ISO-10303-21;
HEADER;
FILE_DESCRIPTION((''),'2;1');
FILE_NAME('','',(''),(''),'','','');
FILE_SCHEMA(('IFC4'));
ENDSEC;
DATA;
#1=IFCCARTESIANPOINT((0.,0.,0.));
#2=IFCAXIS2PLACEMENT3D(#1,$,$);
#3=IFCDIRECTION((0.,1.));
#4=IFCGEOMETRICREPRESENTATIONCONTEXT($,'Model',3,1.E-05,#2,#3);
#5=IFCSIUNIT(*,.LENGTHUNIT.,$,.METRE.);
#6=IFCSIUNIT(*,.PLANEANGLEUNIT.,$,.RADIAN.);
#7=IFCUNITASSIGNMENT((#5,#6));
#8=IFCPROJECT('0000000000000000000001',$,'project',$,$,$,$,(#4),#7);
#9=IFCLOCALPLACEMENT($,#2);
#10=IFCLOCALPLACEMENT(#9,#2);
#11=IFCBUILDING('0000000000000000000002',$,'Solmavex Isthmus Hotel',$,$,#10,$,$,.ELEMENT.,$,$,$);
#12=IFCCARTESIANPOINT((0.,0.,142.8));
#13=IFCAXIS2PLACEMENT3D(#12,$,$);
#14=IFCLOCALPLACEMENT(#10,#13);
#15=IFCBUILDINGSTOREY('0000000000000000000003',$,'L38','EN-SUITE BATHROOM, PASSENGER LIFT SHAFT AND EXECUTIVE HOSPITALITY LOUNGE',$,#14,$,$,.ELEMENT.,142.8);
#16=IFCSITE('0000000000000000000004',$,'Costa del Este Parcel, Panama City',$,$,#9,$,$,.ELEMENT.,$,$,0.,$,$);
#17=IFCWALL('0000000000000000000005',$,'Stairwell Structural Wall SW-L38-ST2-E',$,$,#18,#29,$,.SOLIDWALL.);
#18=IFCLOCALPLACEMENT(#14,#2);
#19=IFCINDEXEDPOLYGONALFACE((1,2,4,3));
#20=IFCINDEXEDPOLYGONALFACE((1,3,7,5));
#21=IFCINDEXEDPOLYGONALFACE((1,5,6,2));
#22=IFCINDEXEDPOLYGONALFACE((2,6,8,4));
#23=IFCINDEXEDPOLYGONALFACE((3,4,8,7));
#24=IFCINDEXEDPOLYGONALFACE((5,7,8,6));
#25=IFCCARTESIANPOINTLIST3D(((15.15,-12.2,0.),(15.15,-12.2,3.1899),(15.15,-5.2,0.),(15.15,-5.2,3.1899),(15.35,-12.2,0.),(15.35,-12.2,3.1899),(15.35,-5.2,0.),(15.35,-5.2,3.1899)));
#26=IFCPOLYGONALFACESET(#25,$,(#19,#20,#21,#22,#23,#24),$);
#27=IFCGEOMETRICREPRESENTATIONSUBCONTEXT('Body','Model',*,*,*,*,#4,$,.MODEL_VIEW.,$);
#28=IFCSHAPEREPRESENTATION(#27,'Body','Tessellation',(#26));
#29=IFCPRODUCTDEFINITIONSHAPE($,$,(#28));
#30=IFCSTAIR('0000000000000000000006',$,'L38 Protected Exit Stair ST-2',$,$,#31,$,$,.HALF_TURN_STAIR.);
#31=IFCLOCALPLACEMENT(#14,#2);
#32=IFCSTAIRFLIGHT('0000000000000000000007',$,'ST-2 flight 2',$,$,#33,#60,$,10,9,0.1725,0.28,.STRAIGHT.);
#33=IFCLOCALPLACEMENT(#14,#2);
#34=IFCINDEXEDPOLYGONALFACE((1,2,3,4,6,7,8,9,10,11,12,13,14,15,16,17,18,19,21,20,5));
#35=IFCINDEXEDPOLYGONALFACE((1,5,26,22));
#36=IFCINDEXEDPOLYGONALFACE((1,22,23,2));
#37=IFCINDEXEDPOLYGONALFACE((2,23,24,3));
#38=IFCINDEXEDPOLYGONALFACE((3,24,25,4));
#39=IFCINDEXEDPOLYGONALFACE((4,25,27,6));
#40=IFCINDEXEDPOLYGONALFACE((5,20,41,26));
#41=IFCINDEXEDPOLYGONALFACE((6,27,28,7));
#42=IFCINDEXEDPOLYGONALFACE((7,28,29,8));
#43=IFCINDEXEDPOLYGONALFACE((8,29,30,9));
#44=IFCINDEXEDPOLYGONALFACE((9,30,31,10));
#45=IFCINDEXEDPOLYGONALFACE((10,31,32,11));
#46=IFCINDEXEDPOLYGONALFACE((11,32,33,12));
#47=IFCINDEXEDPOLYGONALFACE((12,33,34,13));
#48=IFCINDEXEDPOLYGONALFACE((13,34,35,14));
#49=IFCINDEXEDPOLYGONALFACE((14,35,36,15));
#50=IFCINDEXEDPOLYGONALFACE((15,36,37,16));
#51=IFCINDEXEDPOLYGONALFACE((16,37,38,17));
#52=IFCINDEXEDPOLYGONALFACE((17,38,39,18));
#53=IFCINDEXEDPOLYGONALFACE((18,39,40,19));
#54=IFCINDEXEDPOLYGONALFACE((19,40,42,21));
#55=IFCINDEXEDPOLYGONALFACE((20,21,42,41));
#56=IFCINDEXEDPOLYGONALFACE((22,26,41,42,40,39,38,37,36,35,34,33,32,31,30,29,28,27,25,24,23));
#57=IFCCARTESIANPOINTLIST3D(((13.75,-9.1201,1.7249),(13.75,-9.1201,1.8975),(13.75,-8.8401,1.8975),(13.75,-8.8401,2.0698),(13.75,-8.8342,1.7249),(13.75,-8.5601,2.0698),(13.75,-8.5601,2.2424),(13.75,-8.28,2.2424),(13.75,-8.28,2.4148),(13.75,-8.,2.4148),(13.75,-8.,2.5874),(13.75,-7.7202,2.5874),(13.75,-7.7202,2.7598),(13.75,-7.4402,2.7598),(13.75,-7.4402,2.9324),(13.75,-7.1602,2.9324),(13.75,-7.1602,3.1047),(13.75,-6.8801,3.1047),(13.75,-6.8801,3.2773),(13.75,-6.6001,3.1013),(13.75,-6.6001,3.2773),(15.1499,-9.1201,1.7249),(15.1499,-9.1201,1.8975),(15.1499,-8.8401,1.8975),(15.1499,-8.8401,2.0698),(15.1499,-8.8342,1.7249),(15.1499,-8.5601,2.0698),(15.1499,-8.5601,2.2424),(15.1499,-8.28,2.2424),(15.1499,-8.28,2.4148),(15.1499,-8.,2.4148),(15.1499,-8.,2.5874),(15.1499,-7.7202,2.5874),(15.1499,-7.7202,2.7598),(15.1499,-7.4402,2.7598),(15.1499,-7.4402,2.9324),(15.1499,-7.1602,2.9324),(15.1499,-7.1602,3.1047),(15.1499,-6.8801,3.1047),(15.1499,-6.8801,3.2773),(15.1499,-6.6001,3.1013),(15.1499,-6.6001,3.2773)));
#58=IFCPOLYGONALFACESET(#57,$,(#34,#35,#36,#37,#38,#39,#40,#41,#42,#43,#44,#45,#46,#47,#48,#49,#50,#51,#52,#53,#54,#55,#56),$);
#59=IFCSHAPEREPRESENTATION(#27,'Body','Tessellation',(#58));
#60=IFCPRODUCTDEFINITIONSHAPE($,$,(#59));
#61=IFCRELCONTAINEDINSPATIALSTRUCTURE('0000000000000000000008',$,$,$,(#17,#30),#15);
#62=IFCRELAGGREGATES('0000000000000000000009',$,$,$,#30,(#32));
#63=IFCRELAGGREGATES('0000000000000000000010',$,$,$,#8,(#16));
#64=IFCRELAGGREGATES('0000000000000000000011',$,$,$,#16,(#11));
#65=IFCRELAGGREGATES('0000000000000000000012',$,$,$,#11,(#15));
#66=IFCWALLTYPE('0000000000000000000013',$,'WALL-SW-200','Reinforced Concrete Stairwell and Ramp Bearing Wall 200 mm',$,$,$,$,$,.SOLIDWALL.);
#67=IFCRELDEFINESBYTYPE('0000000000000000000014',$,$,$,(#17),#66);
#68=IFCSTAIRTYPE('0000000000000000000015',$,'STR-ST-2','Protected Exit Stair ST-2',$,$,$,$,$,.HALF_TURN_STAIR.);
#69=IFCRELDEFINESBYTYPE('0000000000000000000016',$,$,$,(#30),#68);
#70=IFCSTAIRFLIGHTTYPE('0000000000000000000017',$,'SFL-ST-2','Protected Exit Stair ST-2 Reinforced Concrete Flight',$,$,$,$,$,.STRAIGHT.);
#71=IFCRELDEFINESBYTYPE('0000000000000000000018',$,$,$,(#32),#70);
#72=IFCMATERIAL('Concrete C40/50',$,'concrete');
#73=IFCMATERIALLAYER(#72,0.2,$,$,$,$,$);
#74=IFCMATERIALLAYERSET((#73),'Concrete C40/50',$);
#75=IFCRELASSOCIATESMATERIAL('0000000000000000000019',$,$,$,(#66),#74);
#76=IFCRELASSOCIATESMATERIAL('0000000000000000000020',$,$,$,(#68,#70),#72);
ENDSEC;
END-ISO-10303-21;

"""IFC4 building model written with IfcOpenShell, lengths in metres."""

from ifc_helpers import new_model, si_unit, direction, frame, frame_2d, origin, place, context, subcontext, project, spatial, polyline, rectangle, outline, extrude, material, layer, layer_set, type_object, element, aggregate, save


model = new_model("IFC4")

# Units and contexts
model_context = context("Model", 3, precision=1e-05, world=origin(), true_north=direction((0.0, 1.0)))
body_context = subcontext(model_context, "Body", "Model", "MODEL_VIEW")
ifc_project = project(units=[si_unit("LENGTHUNIT", "METRE"), si_unit("PLANEANGLEUNIT", "RADIAN")], contexts=[model_context])

# Site, building, storey
site_placement = place(None, origin())
site = spatial("IfcSite", under=ifc_project, at=site_placement, Name="Costa del Este Parcel, Panama City", CompositionType="ELEMENT", RefElevation=0.0)
building_placement = place(site_placement, origin())
building = spatial("IfcBuilding", under=site, at=building_placement, Name="Solmavex Isthmus Hotel", CompositionType="ELEMENT")
storey_placement = place(building_placement, frame((0.0, 0.0, 142.8)))
storey = spatial("IfcBuildingStorey", under=building, at=storey_placement, Name="L38", Description="EN-SUITE BATHROOM, PASSENGER LIFT SHAFT AND EXECUTIVE HOSPITALITY LOUNGE", CompositionType="ELEMENT", Elevation=142.8)

# Wall
ifc_material_1 = material(Name="Concrete C40/50", Category="concrete")
ifc_layer_1 = layer(ifc_material_1, 0.2)
ifc_layer_set_1 = layer_set([ifc_layer_1], Name="Concrete C40/50")
wall_type_1 = type_object("IfcWallType", Name="WALL-SW-200", Description="Reinforced Concrete Stairwell and Ramp Bearing Wall 200 mm", PredefinedType="SOLIDWALL", material=ifc_layer_set_1)
wall_1_placement = place(storey_placement, frame((15.25, -12.2, 0.0), z_axis=(0.0, 0.0, 1.0), x_axis=(0.0, 1.0, 0.0)))
element("IfcWall", 1, at=wall_1_placement, inside=storey, type_object=wall_type_1, Name="Stairwell Structural Wall SW-L38-ST2-E", PredefinedType="SOLIDWALL", context=body_context, shape_type="SweptSolid", body=[
    extrude(rectangle(XDim=7.0, YDim=0.2, at=frame_2d((3.5, 0.0))), origin(), (0.0, 0.0, 1.0), 3.1899),
])

# Stair, stair flight
stair_type = type_object("IfcStairType", Name="STR-ST-2", Description="Protected Exit Stair ST-2", PredefinedType="HALF_TURN_STAIR", material=ifc_material_1)
stair_placement = place(storey_placement, origin())
stair = element("IfcStair", 2, at=stair_placement, inside=storey, type_object=stair_type, Name="L38 Protected Exit Stair ST-2", PredefinedType="HALF_TURN_STAIR")
stair_flight_type = type_object("IfcStairFlightType", Name="SFL-ST-2", Description="Protected Exit Stair ST-2 Reinforced Concrete Flight", PredefinedType="STRAIGHT", material=ifc_material_1)
stair_flight_placement = place(storey_placement, frame((14.45, -9.1201, 1.7249), z_axis=(0.0, 0.0, 1.0), x_axis=(0.0, 1.0, 0.0)))
stair_flight = element("IfcStairFlight", 3, at=stair_flight_placement, type_object=stair_flight_type, Name="ST-2 flight 2", NumberOfRisers=10, NumberOfTreads=9, PredefinedType="STRAIGHT", RiserHeight=0.1725, TreadLength=0.28, context=body_context, shape_type="SweptSolid", body=[
    extrude(outline(polyline([(0.0, 0.0), (0.0, 0.1726), (0.28, 0.1726), (0.28, 0.345), (0.5601, 0.345), (0.5601, 0.5176), (0.8401, 0.5176), (0.8401, 0.6899), (1.1201, 0.6899), (1.1201, 0.8625), (1.3999, 0.8625), (1.3999, 1.0349), (1.6799, 1.0349), (1.6799, 1.2075), (1.96, 1.2075), (1.96, 1.3799), (2.24, 1.3799), (2.24, 1.5525), (2.52, 1.5525), (2.52, 1.7251), (2.52, 1.3765), (0.2859, 0.0), (0.0, 0.0)])), frame((0.0, 0.7, 0.0), z_axis=(0.0, -1.0, 0.0), x_axis=(1.0, 0.0, 0.0)), (0.0, 0.0, 1.0), 1.3999),
])
aggregate(stair, [stair_flight])

save(model, "model.ifc")
